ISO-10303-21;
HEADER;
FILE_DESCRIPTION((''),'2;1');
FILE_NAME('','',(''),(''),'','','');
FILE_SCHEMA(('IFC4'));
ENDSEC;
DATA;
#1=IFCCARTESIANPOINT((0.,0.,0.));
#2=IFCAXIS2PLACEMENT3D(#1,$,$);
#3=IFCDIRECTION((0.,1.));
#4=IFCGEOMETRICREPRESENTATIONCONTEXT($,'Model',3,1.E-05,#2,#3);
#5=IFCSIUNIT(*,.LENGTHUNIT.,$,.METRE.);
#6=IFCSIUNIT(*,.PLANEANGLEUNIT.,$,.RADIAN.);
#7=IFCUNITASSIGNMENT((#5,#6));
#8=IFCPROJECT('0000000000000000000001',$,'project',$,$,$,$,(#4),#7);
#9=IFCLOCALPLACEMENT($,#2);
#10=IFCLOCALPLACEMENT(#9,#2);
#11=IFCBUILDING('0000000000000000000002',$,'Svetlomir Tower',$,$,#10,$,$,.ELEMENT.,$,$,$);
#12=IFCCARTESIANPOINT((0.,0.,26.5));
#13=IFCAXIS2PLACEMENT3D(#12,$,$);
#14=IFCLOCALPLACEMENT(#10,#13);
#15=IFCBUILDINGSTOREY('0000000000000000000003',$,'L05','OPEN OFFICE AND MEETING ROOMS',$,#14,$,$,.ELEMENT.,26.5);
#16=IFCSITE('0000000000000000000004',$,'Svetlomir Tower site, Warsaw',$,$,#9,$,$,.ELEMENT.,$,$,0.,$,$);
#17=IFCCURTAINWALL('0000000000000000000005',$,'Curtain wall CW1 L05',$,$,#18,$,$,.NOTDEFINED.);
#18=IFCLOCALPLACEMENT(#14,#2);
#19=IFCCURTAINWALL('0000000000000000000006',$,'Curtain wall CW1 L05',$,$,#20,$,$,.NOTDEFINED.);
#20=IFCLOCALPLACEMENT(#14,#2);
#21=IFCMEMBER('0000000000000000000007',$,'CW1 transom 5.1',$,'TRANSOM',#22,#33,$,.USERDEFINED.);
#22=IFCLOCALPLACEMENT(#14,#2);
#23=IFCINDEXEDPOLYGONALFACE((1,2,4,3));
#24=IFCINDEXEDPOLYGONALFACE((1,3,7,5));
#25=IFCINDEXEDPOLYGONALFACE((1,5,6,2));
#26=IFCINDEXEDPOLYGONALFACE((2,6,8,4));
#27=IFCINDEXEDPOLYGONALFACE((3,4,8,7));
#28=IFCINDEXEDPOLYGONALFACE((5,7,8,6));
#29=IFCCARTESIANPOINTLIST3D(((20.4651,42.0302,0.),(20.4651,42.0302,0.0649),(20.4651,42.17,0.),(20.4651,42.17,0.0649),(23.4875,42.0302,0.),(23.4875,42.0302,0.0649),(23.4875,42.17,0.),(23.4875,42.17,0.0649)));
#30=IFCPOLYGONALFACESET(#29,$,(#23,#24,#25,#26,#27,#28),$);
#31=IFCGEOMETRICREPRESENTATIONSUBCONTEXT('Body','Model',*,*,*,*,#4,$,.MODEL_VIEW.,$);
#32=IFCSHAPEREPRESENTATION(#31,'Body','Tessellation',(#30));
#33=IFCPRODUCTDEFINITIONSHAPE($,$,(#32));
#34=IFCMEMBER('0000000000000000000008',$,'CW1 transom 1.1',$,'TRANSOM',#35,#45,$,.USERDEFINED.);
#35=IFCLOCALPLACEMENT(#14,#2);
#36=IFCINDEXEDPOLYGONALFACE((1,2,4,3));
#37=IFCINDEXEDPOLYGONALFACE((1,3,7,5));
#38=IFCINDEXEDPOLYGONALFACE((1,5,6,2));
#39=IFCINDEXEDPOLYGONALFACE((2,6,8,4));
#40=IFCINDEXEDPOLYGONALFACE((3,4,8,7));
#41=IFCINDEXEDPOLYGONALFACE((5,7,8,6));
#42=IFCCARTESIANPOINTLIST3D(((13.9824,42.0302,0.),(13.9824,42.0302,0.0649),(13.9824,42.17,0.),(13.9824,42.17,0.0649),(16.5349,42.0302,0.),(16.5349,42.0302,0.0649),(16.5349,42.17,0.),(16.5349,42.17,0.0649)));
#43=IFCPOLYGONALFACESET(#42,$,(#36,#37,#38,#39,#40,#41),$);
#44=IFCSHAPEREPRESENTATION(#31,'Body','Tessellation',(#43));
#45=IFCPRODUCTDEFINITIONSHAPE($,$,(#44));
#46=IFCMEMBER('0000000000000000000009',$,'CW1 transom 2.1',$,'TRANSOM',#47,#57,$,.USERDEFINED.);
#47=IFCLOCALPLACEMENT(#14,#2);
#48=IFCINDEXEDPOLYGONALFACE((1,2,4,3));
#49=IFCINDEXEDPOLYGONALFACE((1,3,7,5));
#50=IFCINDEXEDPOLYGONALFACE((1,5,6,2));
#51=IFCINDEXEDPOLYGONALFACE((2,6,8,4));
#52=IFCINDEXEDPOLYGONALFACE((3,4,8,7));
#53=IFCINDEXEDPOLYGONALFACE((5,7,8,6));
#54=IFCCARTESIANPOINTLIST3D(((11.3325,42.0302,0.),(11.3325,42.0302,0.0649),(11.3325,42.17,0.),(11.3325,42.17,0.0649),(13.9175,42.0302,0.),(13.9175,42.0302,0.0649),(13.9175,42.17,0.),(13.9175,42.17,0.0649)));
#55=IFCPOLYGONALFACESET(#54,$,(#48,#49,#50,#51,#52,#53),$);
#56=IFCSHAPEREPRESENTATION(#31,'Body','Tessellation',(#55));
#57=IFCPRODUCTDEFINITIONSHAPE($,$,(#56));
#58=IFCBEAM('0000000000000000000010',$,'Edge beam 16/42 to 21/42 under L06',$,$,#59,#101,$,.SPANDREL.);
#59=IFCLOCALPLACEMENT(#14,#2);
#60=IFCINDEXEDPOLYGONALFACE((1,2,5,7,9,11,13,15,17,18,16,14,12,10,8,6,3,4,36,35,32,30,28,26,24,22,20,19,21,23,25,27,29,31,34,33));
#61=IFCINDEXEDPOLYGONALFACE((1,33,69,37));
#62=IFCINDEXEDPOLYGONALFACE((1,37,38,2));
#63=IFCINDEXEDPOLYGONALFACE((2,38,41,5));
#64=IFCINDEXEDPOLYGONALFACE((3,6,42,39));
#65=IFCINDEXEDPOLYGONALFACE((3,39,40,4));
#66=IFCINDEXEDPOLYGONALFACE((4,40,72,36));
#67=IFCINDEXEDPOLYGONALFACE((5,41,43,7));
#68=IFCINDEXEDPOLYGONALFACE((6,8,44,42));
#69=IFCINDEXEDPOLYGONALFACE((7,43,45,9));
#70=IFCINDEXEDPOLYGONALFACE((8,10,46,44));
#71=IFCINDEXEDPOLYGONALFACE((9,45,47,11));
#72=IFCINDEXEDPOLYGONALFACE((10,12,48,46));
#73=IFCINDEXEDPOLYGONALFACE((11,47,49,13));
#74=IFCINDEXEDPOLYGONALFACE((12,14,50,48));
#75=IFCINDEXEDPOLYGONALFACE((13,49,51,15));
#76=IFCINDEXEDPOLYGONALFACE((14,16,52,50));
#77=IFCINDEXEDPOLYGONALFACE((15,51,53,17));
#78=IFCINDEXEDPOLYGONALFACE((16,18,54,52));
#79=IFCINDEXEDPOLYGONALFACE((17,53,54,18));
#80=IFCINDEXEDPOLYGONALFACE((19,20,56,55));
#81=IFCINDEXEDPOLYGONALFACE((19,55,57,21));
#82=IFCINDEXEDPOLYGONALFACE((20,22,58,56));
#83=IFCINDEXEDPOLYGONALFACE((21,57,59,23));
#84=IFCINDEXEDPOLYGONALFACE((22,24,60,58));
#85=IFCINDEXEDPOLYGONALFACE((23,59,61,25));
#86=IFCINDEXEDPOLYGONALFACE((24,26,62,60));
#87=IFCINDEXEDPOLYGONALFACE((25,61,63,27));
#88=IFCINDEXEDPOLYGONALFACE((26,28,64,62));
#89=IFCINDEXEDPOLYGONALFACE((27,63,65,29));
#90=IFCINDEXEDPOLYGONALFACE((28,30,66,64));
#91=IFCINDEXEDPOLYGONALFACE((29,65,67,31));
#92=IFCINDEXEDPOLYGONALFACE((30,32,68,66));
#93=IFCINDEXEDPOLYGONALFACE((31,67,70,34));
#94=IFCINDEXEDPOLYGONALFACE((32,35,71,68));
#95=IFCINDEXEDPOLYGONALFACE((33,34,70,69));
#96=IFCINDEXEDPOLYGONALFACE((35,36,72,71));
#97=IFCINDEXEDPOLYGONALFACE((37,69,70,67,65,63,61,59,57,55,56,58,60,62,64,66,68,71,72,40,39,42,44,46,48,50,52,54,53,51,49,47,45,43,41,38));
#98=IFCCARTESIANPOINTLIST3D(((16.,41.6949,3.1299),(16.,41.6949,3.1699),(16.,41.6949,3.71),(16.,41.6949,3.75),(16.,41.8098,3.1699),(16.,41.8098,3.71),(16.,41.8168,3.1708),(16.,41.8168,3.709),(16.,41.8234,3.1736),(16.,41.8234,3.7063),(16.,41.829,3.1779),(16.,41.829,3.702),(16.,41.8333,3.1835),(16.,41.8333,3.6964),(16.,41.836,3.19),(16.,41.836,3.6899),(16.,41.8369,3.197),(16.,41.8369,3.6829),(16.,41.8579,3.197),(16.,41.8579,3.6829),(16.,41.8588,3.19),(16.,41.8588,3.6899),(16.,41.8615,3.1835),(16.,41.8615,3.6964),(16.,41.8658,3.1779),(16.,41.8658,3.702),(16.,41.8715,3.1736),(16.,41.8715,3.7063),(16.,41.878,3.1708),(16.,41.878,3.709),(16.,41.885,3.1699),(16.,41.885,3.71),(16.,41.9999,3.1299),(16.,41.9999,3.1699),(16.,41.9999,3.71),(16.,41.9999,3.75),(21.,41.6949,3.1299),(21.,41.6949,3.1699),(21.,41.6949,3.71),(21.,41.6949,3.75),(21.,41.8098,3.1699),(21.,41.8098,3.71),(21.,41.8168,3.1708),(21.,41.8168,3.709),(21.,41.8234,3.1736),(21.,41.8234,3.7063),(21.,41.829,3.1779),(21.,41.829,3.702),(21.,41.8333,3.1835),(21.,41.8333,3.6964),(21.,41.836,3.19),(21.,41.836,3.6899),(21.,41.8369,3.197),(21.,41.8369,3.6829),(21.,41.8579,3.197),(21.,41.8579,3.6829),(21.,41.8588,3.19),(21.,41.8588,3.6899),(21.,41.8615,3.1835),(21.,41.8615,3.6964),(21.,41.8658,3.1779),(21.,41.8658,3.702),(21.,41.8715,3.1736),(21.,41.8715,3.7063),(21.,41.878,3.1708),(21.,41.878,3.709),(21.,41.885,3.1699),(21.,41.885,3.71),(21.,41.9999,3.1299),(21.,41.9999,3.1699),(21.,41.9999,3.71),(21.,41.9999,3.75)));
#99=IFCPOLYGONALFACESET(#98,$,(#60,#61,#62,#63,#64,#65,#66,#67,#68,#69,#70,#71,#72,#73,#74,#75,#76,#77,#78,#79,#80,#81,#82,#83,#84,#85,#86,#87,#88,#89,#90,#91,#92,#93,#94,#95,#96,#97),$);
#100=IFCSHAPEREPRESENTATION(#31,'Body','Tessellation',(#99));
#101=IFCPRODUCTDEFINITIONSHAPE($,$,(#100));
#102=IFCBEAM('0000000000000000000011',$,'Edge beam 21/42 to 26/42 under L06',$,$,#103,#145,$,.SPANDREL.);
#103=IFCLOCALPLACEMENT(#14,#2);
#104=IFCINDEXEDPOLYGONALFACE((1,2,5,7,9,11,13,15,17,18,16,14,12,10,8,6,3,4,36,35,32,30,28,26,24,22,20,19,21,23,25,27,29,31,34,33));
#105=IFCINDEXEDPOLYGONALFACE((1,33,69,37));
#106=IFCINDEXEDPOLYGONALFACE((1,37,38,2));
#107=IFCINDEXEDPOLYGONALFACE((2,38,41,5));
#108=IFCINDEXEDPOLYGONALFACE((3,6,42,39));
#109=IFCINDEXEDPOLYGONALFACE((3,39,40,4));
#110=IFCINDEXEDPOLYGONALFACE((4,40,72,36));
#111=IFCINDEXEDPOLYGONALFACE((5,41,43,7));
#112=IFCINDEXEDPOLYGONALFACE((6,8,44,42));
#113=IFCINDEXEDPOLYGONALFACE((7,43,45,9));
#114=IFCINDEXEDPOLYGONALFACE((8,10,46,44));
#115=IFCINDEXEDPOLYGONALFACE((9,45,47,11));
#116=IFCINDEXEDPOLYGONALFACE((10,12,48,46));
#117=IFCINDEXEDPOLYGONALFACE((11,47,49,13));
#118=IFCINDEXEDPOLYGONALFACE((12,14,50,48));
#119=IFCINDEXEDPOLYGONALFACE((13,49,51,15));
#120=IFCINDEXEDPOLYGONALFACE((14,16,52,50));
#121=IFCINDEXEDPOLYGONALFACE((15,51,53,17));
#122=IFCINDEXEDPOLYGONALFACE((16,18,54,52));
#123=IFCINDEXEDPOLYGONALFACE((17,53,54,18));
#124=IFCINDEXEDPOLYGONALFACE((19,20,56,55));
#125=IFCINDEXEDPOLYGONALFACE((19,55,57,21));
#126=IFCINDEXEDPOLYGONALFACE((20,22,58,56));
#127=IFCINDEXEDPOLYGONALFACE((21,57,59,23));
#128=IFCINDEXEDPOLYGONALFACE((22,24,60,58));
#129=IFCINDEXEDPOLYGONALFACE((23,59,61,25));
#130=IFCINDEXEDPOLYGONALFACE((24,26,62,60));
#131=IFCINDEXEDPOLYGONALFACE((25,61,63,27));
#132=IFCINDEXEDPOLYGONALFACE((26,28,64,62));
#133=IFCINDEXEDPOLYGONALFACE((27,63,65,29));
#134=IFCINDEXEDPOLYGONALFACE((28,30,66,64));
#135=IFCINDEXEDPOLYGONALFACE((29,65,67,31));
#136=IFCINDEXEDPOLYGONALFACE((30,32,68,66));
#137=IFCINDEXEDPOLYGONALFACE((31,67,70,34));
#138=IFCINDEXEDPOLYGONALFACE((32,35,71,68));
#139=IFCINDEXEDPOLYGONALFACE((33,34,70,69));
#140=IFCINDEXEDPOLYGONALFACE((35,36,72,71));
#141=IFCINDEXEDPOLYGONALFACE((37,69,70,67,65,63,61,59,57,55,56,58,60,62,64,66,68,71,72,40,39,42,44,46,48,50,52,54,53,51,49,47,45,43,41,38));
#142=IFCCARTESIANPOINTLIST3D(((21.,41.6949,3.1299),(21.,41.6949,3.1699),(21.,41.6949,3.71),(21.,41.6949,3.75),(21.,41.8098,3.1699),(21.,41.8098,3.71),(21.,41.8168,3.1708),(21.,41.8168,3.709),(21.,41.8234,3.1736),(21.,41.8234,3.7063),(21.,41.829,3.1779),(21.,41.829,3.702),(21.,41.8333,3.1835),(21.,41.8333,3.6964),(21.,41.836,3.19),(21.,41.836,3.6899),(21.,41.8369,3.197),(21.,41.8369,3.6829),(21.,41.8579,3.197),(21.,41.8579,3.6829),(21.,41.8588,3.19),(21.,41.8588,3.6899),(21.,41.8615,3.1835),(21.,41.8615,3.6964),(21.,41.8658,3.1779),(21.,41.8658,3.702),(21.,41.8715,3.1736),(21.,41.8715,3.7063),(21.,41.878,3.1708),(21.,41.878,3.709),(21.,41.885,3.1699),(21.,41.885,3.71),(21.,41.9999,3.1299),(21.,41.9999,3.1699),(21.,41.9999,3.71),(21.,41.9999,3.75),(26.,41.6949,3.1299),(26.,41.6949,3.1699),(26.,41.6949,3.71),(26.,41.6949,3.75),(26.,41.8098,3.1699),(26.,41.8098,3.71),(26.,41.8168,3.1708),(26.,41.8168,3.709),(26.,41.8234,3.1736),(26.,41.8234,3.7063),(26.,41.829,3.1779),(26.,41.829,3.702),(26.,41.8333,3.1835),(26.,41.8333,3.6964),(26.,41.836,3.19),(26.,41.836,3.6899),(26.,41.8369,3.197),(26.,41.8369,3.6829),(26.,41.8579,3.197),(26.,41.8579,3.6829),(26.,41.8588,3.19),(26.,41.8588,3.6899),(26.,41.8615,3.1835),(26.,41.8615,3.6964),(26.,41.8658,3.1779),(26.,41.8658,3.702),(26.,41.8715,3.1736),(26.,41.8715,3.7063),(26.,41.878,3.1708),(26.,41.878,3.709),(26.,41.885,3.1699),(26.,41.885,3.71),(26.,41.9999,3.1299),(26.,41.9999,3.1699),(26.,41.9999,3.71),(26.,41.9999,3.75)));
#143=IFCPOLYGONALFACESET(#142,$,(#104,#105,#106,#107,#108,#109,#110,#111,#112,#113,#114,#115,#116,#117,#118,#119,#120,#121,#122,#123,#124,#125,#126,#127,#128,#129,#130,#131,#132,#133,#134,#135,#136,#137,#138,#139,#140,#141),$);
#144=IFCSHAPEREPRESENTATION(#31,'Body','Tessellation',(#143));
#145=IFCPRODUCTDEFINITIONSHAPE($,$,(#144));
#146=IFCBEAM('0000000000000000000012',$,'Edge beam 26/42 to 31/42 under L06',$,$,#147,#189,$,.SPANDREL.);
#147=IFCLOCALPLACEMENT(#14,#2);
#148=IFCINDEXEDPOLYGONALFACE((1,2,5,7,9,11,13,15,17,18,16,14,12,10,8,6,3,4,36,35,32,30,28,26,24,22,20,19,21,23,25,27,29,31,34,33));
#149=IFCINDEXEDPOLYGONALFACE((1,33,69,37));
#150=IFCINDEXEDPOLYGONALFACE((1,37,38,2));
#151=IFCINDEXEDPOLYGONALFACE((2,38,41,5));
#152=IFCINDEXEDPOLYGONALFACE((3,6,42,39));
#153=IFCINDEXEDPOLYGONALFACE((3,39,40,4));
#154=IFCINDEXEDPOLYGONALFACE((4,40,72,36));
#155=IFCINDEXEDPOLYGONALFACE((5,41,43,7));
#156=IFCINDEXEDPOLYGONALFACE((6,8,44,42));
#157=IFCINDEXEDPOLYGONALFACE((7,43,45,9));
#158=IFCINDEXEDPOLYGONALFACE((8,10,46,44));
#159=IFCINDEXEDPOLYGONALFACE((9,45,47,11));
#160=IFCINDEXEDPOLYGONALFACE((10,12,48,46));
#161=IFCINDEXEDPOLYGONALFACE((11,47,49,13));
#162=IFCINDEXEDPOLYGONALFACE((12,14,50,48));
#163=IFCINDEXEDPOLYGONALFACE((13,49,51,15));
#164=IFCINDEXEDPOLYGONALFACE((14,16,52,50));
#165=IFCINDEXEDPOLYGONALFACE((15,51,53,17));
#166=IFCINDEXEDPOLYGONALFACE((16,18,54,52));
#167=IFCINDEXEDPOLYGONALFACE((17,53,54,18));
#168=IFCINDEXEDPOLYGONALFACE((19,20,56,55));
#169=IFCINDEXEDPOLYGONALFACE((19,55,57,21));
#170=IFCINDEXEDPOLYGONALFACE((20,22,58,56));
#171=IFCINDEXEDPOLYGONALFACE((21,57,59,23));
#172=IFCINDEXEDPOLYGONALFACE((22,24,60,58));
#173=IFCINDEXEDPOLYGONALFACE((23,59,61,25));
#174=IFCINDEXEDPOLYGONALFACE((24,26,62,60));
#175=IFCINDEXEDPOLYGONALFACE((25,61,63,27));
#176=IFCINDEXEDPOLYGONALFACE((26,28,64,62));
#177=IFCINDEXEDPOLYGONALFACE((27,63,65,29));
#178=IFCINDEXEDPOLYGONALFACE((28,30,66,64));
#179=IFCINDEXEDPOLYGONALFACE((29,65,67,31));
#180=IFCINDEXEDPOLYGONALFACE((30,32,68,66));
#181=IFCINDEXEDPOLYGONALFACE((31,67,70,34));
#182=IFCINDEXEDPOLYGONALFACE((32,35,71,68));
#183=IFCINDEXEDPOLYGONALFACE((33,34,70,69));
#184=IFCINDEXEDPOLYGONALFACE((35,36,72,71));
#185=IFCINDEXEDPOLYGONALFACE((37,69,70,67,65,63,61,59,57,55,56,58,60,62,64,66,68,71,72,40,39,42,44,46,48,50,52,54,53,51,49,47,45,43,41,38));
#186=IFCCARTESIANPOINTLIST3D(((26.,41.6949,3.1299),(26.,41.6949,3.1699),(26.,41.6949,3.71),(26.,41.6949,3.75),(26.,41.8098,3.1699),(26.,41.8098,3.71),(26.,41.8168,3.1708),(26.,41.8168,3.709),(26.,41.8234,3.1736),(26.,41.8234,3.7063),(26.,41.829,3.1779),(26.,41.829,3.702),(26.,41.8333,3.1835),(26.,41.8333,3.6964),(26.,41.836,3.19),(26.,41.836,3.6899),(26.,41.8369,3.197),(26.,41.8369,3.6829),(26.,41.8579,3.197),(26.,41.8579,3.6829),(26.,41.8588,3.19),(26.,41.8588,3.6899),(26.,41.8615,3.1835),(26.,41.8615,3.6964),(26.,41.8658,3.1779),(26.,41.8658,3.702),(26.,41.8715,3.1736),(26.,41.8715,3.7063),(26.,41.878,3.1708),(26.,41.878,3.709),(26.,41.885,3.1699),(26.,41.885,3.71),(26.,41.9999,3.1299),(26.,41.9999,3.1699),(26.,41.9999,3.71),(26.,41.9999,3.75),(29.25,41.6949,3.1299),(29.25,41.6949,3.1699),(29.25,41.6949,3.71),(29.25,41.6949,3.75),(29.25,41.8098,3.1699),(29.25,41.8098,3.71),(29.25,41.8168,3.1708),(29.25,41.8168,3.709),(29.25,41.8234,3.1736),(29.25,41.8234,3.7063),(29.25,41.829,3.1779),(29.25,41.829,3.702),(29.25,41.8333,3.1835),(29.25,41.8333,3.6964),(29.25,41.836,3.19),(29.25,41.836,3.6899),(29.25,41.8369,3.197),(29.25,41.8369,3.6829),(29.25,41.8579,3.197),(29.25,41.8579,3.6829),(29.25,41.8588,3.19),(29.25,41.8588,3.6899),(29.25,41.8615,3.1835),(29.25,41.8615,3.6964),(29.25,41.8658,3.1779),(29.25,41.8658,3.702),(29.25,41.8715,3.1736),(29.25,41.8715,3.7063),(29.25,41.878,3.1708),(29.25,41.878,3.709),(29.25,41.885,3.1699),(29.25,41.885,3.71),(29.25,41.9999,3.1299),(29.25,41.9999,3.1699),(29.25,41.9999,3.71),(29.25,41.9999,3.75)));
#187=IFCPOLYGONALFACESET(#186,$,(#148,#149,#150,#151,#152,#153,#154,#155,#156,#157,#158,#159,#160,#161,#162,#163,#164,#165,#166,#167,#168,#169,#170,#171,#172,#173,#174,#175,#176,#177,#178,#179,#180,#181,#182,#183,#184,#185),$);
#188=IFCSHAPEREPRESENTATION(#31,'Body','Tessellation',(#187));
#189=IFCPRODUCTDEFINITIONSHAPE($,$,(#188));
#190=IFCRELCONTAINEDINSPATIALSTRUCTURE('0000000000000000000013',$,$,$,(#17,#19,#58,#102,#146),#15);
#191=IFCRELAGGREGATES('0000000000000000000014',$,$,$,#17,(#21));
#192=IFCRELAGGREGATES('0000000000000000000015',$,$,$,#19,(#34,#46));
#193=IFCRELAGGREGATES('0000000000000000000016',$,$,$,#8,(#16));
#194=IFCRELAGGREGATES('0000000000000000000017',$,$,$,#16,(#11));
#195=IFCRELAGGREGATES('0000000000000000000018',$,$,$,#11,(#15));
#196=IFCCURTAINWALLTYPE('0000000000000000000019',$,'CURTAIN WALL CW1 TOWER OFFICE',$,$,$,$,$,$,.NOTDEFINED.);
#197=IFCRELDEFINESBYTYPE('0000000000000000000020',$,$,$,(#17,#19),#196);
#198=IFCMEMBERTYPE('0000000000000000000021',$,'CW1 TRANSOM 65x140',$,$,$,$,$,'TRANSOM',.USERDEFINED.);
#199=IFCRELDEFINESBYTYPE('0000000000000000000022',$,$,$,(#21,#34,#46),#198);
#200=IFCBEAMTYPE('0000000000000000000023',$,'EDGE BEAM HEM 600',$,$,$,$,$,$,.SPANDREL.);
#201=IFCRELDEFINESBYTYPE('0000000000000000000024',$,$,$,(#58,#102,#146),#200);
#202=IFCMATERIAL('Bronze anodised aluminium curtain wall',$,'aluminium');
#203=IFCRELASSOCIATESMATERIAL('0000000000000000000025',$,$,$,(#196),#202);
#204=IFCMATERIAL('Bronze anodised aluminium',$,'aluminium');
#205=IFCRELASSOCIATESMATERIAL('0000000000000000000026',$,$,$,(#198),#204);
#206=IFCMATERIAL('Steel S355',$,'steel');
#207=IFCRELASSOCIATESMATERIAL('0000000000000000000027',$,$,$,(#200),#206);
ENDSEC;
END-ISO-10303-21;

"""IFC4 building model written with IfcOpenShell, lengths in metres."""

from ifc_helpers import new_model, si_unit, direction, frame, origin, origin_2d, place, context, subcontext, project, spatial, rectangle, i_section, extrude, material, material_profile, profile_set, type_object, element, aggregate, save


model = new_model("IFC4")

# Units and contexts
model_context = context("Model", 3, precision=1e-05, world=origin(), true_north=direction((0.0, 1.0)))
body_context = subcontext(model_context, "Body", "Model", "MODEL_VIEW")
ifc_project = project(units=[si_unit("LENGTHUNIT", "METRE"), si_unit("PLANEANGLEUNIT", "RADIAN")], contexts=[model_context])

# Site, building, storey
site_placement = place(None, origin())
site = spatial("IfcSite", under=ifc_project, at=site_placement, Name="Svetlomir Tower site, Warsaw", CompositionType="ELEMENT", RefElevation=0.0)
building_placement = place(site_placement, origin())
building = spatial("IfcBuilding", under=site, at=building_placement, Name="Svetlomir Tower", CompositionType="ELEMENT")
storey_placement = place(building_placement, frame((0.0, 0.0, 26.5)))
storey = spatial("IfcBuildingStorey", under=building, at=storey_placement, Name="L05", Description="OPEN OFFICE AND MEETING ROOMS", CompositionType="ELEMENT", Elevation=26.5)

# Curtain walls
ifc_material_1 = material(Name="Bronze anodised aluminium curtain wall", Category="aluminium")
curtain_wall_type = type_object("IfcCurtainWallType", Name="CURTAIN WALL CW1 TOWER OFFICE", PredefinedType="NOTDEFINED", material=ifc_material_1)
curtain_wall_1_placement = place(storey_placement, origin())
curtain_wall_1 = element("IfcCurtainWall", 1, at=curtain_wall_1_placement, inside=storey, type_object=curtain_wall_type, Name="Curtain wall CW1 L05", PredefinedType="NOTDEFINED")
curtain_wall_2_placement = place(storey_placement, origin())
curtain_wall_2 = element("IfcCurtainWall", 2, at=curtain_wall_2_placement, inside=storey, type_object=curtain_wall_type, Name="Curtain wall CW1 L05", PredefinedType="NOTDEFINED")

# Members
ifc_material_2 = material(Name="Bronze anodised aluminium", Category="aluminium")
ifc_material_profile_1 = material_profile(ifc_material_2, rectangle(XDim=0.1399, YDim=0.0649, at=origin_2d()), Name="AL 140x65")
ifc_profile_set_1 = profile_set([ifc_material_profile_1], Name="Bronze anodised aluminium 6063-T6")
member_type_1 = type_object("IfcMemberType", Name="CW1 TRANSOM 65x140", ElementType="TRANSOM", PredefinedType="USERDEFINED", material=ifc_profile_set_1)
member_1_placement = place(storey_placement, frame((23.4875, 42.1001, 0.0325), z_axis=(-1.0, 0.0, 0.0), x_axis=(0.0, -1.0, 0.0)))
member_1 = element("IfcMember", 3, at=member_1_placement, type_object=member_type_1, Name="CW1 transom 5.1", ObjectType="TRANSOM", PredefinedType="USERDEFINED", context=body_context, shape_type="SweptSolid", body=[
    extrude(rectangle(XDim=0.1399, YDim=0.0649, at=origin_2d()), origin(), (0.0, 0.0, 1.0), 3.0225),
])
member_2_placement = place(storey_placement, frame((16.5349, 42.1001, 0.0325), z_axis=(-1.0, 0.0, 0.0), x_axis=(0.0, -1.0, 0.0)))
member_2 = element("IfcMember", 4, at=member_2_placement, type_object=member_type_1, Name="CW1 transom 1.1", ObjectType="TRANSOM", PredefinedType="USERDEFINED", context=body_context, shape_type="SweptSolid", body=[
    extrude(rectangle(XDim=0.1399, YDim=0.0649, at=origin_2d()), origin(), (0.0, 0.0, 1.0), 2.5525),
])
member_3_placement = place(storey_placement, frame((13.9175, 42.1001, 0.0325), z_axis=(-1.0, 0.0, 0.0), x_axis=(0.0, -1.0, 0.0)))
member_3 = element("IfcMember", 5, at=member_3_placement, type_object=member_type_1, Name="CW1 transom 2.1", ObjectType="TRANSOM", PredefinedType="USERDEFINED", context=body_context, shape_type="SweptSolid", body=[
    extrude(rectangle(XDim=0.1399, YDim=0.0649, at=origin_2d()), origin(), (0.0, 0.0, 1.0), 2.585),
])

# Beams
ifc_material_3 = material(Name="Steel S355", Category="steel")
ifc_material_profile_2 = material_profile(ifc_material_3, i_section(OverallWidth=0.3049, OverallDepth=0.6201, WebThickness=0.021, FlangeThickness=0.04, FilletRadius=0.0271, at=origin_2d()), Name="HEM 600")
ifc_profile_set_2 = profile_set([ifc_material_profile_2], Name="Steel S355")
beam_type_1 = type_object("IfcBeamType", Name="EDGE BEAM HEM 600", PredefinedType="SPANDREL", material=ifc_profile_set_2)
for number, where, z_axis, x_axis, name in (
    (6, (16.0, 41.8474, 3.4399), (1.0, 0.0, 0.0), (0.0, 1.0, 0.0), "Edge beam 16/42 to 21/42 under L06"),
    (7, (21.0, 41.8474, 3.4399), (1.0, 0.0, 0.0), (0.0, 1.0, 0.0), "Edge beam 21/42 to 26/42 under L06"),
):
    element("IfcBeam", number, at=place(storey_placement, frame(where, z_axis=z_axis, x_axis=x_axis)), inside=storey, type_object=beam_type_1, Name=name, PredefinedType="SPANDREL", context=body_context, shape_type="SweptSolid", body=[
        extrude(i_section(OverallWidth=0.3049, OverallDepth=0.6201, WebThickness=0.021, FlangeThickness=0.04, FilletRadius=0.0271, at=origin_2d()), origin(), (0.0, 0.0, 1.0), 5.0),
    ])
beam_1_placement = place(storey_placement, frame((26.0, 41.8474, 3.4399), z_axis=(1.0, 0.0, 0.0), x_axis=(0.0, 1.0, 0.0)))
element("IfcBeam", 8, at=beam_1_placement, inside=storey, type_object=beam_type_1, Name="Edge beam 26/42 to 31/42 under L06", PredefinedType="SPANDREL", context=body_context, shape_type="SweptSolid", body=[
    extrude(i_section(OverallWidth=0.3049, OverallDepth=0.6201, WebThickness=0.021, FlangeThickness=0.04, FilletRadius=0.0271, at=origin_2d()), origin(), (0.0, 0.0, 1.0), 3.25),
])

aggregate(curtain_wall_1, [member_1])
aggregate(curtain_wall_2, [member_2, member_3])

save(model, "model.ifc")
